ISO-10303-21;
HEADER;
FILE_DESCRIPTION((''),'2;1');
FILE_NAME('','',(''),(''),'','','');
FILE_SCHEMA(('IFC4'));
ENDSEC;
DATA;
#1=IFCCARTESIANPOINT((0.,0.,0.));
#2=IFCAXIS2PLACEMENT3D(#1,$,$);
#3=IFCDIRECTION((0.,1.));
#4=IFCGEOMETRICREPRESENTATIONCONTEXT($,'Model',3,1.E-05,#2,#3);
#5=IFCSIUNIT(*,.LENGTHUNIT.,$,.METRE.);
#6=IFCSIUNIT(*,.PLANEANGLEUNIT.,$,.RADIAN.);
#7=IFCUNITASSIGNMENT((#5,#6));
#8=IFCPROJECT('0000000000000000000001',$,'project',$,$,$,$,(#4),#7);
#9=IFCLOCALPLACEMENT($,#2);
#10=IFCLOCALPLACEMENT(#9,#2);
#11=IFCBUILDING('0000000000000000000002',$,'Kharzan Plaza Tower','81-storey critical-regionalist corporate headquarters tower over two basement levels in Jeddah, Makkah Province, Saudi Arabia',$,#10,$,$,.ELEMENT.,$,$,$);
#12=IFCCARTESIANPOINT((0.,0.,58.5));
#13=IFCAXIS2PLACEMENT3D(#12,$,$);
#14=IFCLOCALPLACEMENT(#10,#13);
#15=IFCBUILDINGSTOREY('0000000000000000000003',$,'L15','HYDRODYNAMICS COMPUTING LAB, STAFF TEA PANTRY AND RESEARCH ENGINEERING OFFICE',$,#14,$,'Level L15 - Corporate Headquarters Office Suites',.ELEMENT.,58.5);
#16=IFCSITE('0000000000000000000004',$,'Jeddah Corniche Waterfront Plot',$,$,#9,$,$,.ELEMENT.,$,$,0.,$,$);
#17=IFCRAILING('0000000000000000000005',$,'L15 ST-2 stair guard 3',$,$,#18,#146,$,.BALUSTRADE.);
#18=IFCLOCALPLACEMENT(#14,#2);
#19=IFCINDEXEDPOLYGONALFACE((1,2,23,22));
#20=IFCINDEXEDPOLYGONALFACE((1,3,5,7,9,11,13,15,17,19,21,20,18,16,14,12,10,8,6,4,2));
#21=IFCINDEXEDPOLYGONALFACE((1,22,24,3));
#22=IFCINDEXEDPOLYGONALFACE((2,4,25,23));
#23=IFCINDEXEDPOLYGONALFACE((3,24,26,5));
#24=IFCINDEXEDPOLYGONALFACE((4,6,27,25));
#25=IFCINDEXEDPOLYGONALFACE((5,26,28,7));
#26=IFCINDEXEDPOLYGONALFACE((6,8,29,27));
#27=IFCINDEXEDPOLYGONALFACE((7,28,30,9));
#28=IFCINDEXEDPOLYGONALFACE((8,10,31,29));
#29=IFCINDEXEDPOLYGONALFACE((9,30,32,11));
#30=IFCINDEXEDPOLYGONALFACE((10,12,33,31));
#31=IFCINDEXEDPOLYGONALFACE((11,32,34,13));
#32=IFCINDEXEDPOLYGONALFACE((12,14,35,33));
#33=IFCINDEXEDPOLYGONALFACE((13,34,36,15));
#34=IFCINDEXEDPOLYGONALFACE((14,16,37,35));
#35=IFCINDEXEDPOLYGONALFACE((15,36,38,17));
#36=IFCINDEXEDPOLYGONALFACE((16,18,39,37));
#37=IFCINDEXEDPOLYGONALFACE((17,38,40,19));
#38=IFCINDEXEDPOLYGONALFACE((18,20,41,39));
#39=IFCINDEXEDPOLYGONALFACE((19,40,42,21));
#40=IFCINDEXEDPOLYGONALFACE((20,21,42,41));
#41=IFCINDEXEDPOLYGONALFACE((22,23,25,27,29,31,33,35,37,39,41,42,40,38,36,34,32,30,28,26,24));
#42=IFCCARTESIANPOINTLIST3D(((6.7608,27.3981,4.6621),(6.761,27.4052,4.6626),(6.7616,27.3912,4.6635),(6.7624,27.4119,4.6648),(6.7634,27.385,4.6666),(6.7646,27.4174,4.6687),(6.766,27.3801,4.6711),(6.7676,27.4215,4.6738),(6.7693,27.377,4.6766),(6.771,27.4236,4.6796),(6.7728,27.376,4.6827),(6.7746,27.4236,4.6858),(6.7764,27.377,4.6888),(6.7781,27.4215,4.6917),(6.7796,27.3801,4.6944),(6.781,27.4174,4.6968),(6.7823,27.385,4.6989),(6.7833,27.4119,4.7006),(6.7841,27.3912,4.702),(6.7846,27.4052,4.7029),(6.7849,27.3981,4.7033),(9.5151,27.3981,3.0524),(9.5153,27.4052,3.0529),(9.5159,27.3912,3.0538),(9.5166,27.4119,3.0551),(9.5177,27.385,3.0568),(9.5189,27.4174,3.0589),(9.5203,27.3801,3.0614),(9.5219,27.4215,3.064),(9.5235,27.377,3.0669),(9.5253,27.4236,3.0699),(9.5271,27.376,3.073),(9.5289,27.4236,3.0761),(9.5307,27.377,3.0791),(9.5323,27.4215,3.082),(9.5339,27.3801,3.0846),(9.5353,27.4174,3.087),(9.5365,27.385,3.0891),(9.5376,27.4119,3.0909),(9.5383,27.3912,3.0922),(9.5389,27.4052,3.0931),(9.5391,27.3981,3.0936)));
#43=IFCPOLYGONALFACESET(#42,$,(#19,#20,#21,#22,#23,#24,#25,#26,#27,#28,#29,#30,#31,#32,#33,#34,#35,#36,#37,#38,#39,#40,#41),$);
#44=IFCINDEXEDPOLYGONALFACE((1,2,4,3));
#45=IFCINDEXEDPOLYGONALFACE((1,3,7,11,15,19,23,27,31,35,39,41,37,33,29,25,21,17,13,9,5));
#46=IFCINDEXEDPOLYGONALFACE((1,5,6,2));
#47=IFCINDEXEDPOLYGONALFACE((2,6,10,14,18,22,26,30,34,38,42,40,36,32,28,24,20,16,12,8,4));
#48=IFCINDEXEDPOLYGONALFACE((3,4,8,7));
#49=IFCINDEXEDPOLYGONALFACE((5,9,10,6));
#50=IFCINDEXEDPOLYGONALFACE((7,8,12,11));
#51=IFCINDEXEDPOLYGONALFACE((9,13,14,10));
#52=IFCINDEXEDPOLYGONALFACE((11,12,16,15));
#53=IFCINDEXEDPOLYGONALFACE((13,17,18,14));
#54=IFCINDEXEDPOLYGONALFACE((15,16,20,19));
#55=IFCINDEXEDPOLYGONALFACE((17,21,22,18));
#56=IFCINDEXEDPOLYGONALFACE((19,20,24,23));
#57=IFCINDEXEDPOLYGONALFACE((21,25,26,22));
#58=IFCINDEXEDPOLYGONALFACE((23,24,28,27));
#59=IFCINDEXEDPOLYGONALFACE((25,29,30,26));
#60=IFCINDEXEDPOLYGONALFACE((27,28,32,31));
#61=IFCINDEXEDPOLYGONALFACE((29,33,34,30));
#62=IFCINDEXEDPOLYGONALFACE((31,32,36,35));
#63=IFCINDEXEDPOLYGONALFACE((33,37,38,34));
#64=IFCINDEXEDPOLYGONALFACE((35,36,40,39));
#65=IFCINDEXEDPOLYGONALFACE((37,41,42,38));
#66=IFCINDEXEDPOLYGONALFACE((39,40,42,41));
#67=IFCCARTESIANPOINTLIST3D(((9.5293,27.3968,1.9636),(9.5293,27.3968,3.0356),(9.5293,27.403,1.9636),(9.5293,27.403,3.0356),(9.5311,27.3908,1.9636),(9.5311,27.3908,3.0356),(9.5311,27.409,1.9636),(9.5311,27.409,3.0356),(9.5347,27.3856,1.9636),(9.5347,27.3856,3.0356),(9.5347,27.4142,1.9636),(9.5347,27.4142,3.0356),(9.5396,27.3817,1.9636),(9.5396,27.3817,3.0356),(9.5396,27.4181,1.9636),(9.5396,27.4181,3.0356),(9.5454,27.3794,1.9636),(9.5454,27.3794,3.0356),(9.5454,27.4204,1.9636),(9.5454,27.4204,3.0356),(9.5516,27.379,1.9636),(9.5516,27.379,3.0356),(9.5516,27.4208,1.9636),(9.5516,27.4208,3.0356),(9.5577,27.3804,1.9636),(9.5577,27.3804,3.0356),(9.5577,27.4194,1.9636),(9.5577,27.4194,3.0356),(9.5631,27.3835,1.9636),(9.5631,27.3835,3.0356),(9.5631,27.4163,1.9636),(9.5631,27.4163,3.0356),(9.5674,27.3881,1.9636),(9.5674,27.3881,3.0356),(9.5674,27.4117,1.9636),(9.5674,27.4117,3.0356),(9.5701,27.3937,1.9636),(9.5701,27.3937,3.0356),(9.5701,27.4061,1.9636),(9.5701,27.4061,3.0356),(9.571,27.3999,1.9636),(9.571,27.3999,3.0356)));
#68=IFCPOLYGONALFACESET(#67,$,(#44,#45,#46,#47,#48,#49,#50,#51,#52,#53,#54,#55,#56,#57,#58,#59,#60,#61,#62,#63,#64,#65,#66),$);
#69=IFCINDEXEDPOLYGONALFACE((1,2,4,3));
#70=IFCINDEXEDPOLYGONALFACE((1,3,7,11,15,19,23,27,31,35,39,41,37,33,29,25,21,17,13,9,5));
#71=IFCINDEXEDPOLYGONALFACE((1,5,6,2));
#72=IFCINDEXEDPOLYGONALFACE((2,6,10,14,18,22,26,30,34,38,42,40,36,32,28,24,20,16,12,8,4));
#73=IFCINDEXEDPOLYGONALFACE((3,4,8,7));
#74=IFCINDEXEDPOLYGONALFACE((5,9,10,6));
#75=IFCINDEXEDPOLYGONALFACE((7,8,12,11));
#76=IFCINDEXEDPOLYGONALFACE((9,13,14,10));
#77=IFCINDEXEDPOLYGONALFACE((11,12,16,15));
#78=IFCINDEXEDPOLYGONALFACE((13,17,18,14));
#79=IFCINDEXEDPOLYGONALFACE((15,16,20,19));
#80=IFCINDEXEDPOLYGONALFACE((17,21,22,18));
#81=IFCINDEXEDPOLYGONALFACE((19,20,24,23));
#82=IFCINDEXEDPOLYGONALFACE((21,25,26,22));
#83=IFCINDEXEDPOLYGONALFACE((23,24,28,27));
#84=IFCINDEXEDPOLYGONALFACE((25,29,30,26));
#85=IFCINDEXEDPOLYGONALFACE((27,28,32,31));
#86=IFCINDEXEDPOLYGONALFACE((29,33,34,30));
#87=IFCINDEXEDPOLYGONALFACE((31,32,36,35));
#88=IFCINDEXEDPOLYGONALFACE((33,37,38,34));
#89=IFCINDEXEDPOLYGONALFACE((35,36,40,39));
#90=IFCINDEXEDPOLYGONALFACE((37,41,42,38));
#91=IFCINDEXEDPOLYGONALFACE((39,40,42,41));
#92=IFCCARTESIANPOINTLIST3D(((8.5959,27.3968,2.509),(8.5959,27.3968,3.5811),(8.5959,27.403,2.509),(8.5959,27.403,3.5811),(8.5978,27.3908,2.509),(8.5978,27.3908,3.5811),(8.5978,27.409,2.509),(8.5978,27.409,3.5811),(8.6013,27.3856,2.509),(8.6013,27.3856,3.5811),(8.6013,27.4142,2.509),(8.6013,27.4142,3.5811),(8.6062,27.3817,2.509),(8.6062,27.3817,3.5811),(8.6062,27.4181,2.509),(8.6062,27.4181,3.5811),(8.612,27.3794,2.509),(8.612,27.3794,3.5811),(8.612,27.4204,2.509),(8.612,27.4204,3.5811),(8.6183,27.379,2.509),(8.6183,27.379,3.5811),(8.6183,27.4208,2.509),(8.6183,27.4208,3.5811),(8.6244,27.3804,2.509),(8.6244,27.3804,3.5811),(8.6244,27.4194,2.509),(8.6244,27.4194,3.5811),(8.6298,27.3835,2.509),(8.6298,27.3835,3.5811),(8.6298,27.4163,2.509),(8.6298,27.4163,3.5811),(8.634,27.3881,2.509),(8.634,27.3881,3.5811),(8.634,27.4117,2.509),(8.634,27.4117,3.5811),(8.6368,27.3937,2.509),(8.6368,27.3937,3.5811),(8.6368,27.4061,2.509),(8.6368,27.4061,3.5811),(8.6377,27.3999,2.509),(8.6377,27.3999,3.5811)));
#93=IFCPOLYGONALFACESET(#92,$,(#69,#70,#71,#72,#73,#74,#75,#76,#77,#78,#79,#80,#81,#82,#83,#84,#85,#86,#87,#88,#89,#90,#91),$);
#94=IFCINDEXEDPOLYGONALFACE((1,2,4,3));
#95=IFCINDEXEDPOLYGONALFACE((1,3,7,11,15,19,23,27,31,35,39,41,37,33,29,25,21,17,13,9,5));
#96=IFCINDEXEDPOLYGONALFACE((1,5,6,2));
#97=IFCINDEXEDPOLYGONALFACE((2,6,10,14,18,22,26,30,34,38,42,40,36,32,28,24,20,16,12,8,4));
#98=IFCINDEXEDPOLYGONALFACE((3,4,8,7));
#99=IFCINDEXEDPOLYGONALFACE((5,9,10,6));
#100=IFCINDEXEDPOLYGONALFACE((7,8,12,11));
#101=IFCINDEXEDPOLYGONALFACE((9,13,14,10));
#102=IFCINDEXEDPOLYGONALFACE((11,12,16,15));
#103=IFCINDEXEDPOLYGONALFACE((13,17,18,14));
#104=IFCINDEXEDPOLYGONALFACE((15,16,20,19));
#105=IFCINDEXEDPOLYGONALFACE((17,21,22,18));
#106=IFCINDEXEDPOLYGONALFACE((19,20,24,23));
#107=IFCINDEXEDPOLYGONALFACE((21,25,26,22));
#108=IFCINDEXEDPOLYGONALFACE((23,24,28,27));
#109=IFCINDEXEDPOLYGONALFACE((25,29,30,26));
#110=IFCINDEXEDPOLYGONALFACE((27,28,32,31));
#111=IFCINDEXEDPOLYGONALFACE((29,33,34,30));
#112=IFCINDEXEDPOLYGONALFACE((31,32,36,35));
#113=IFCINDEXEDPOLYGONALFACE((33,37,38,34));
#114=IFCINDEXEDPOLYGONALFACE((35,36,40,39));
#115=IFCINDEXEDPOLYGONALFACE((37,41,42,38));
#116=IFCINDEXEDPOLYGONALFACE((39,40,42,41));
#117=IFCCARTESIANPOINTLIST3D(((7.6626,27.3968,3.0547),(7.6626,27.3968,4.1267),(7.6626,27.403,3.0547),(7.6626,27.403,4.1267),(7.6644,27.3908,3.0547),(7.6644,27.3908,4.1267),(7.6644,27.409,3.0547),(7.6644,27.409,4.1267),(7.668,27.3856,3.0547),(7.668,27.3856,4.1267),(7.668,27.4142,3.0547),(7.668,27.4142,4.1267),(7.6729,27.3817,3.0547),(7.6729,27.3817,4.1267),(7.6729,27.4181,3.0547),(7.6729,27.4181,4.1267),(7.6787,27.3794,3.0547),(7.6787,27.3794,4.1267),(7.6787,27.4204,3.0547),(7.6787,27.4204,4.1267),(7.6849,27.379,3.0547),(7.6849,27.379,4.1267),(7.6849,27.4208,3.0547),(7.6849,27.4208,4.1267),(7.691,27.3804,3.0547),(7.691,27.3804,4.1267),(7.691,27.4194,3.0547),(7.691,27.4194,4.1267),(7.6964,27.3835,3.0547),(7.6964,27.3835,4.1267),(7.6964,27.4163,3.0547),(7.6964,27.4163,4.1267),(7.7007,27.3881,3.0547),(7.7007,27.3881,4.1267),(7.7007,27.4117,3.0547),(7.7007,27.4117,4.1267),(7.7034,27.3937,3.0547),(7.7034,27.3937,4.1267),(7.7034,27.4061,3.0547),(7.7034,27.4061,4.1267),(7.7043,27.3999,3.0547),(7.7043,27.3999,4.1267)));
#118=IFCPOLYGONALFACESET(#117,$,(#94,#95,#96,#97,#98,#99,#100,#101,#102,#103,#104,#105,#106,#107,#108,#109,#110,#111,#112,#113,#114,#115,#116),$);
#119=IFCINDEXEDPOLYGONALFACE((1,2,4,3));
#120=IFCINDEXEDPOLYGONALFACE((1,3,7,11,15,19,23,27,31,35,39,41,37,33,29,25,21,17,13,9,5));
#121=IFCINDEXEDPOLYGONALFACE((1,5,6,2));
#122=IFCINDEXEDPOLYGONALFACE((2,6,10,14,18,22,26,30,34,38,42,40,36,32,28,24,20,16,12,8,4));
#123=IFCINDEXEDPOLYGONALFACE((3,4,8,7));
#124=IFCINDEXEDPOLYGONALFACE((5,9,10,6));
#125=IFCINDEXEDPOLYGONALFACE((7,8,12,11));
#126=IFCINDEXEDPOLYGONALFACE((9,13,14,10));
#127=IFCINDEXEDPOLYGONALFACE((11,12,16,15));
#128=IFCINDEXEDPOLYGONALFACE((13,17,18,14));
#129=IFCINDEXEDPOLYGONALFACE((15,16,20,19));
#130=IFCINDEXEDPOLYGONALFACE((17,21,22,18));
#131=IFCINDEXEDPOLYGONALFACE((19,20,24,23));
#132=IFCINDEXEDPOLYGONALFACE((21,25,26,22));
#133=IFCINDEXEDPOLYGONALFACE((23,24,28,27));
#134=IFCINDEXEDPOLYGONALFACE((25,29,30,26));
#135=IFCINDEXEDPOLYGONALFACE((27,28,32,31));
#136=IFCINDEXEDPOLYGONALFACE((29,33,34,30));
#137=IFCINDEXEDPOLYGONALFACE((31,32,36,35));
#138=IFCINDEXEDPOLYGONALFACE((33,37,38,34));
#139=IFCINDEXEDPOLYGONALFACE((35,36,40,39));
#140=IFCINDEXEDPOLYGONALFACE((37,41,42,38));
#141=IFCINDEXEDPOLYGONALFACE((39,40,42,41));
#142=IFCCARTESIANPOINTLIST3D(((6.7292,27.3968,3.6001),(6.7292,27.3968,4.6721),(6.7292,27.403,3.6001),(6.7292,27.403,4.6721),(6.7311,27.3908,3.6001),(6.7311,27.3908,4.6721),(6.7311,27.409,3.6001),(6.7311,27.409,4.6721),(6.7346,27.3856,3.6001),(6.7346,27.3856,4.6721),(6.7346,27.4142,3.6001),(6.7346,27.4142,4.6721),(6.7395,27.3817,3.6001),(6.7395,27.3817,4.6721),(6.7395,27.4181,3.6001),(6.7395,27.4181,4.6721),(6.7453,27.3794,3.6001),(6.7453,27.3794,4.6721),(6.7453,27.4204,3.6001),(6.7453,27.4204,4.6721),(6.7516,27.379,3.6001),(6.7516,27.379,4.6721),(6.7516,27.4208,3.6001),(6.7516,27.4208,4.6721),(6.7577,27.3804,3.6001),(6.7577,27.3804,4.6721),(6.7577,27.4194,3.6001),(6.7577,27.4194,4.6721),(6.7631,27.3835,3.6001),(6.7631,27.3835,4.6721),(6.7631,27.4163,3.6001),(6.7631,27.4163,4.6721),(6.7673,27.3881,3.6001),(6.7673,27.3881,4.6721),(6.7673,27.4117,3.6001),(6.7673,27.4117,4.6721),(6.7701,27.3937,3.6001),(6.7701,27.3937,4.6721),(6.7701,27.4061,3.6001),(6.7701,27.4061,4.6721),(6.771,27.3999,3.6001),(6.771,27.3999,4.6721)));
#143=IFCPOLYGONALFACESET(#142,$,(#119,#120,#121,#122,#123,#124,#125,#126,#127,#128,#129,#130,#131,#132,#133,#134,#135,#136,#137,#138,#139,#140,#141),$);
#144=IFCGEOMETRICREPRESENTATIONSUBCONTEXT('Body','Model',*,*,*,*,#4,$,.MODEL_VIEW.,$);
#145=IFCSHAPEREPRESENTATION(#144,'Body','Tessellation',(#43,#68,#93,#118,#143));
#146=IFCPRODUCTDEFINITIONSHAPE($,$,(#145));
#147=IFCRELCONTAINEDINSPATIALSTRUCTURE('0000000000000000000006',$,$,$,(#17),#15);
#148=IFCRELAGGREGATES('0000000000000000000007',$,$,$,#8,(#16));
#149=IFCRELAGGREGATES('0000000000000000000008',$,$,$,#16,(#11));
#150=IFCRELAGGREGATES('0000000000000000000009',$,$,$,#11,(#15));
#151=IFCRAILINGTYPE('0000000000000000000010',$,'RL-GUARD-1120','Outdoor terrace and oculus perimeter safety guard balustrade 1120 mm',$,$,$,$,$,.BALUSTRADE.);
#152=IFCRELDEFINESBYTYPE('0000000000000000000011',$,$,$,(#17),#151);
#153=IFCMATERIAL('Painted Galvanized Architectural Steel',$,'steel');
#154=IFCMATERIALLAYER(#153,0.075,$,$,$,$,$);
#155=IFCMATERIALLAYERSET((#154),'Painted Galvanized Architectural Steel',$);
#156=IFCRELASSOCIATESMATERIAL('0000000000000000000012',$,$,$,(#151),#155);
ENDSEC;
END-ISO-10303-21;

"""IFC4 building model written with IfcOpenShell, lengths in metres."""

from ifc_helpers import new_model, si_unit, direction, frame, origin, origin_2d, place, context, subcontext, project, spatial, circle, extrude, source, transform, mapped, material, layer, layer_set, type_object, element, save


model = new_model("IFC4")

# Units and contexts
model_context = context("Model", 3, precision=1e-05, world=origin(), true_north=direction((0.0, 1.0)))
body_context = subcontext(model_context, "Body", "Model", "MODEL_VIEW")
ifc_project = project(units=[si_unit("LENGTHUNIT", "METRE"), si_unit("PLANEANGLEUNIT", "RADIAN")], contexts=[model_context])

# Site, building, storey
site_placement = place(None, origin())
site = spatial("IfcSite", under=ifc_project, at=site_placement, Name="Jeddah Corniche Waterfront Plot", CompositionType="ELEMENT", RefElevation=0.0)
building_placement = place(site_placement, origin())
building = spatial("IfcBuilding", under=site, at=building_placement, Name="Kharzan Plaza Tower", Description="81-storey critical-regionalist corporate headquarters tower over two basement levels in Jeddah, Makkah Province, Saudi Arabia", CompositionType="ELEMENT")
storey_placement = place(building_placement, frame((0.0, 0.0, 58.5)))
storey = spatial("IfcBuildingStorey", under=building, at=storey_placement, Name="L15", Description="HYDRODYNAMICS COMPUTING LAB, STAFF TEA PANTRY AND RESEARCH ENGINEERING OFFICE", LongName="Level L15 - Corporate Headquarters Office Suites", CompositionType="ELEMENT", Elevation=58.5)

# Railing
ifc_material_1 = material(Name="Painted Galvanized Architectural Steel", Category="steel")
ifc_layer_1 = layer(ifc_material_1, 0.075)
ifc_layer_set_1 = layer_set([ifc_layer_1], Name="Painted Galvanized Architectural Steel")
railing_type_1 = type_object("IfcRailingType", Name="RL-GUARD-1120", Description="Outdoor terrace and oculus perimeter safety guard balustrade 1120 mm", PredefinedType="BALUSTRADE", material=ifc_layer_set_1)
shared_shape_1 = source(origin(), body_context, "Body", "SweptSolid", [
    extrude(circle(Radius=0.0239, at=origin_2d()), frame((-0.0229, 0.0, 1.1094), z_axis=(-0.863361, 0.0, 0.504587), x_axis=(0.0, -1.0, 0.0)), (0.0, 0.0, 1.0), 3.1902),
    extrude(circle(Radius=0.021, at=origin_2d()), origin(), (0.0, 0.0, 1.0), 1.072),
    extrude(circle(Radius=0.021, at=origin_2d()), frame((-0.9333, 0.0, 0.5454)), (0.0, 0.0, 1.0), 1.072),
    extrude(circle(Radius=0.021, at=origin_2d()), frame((-1.8667, 0.0, 1.0911)), (0.0, 0.0, 1.0), 1.072),
    extrude(circle(Radius=0.021, at=origin_2d()), frame((-2.8, 0.0, 1.6365)), (0.0, 0.0, 1.0), 1.072),
])
railing_1_placement = place(storey_placement, frame((9.55, 27.3999, 1.9636)))
element("IfcRailing", 1, at=railing_1_placement, inside=storey, type_object=railing_type_1, Name="L15 ST-2 stair guard 3", PredefinedType="BALUSTRADE", context=body_context, shape_type="MappedRepresentation", body=[
    mapped(shared_shape_1, transform((0.0, 0.0, 0.0), x_axis=(1.0, 0.0, 0.0), y_axis=(0.0, 1.0, 0.0), z_axis=(0.0, 0.0, 1.0))),
])

save(model, "model.ifc")
